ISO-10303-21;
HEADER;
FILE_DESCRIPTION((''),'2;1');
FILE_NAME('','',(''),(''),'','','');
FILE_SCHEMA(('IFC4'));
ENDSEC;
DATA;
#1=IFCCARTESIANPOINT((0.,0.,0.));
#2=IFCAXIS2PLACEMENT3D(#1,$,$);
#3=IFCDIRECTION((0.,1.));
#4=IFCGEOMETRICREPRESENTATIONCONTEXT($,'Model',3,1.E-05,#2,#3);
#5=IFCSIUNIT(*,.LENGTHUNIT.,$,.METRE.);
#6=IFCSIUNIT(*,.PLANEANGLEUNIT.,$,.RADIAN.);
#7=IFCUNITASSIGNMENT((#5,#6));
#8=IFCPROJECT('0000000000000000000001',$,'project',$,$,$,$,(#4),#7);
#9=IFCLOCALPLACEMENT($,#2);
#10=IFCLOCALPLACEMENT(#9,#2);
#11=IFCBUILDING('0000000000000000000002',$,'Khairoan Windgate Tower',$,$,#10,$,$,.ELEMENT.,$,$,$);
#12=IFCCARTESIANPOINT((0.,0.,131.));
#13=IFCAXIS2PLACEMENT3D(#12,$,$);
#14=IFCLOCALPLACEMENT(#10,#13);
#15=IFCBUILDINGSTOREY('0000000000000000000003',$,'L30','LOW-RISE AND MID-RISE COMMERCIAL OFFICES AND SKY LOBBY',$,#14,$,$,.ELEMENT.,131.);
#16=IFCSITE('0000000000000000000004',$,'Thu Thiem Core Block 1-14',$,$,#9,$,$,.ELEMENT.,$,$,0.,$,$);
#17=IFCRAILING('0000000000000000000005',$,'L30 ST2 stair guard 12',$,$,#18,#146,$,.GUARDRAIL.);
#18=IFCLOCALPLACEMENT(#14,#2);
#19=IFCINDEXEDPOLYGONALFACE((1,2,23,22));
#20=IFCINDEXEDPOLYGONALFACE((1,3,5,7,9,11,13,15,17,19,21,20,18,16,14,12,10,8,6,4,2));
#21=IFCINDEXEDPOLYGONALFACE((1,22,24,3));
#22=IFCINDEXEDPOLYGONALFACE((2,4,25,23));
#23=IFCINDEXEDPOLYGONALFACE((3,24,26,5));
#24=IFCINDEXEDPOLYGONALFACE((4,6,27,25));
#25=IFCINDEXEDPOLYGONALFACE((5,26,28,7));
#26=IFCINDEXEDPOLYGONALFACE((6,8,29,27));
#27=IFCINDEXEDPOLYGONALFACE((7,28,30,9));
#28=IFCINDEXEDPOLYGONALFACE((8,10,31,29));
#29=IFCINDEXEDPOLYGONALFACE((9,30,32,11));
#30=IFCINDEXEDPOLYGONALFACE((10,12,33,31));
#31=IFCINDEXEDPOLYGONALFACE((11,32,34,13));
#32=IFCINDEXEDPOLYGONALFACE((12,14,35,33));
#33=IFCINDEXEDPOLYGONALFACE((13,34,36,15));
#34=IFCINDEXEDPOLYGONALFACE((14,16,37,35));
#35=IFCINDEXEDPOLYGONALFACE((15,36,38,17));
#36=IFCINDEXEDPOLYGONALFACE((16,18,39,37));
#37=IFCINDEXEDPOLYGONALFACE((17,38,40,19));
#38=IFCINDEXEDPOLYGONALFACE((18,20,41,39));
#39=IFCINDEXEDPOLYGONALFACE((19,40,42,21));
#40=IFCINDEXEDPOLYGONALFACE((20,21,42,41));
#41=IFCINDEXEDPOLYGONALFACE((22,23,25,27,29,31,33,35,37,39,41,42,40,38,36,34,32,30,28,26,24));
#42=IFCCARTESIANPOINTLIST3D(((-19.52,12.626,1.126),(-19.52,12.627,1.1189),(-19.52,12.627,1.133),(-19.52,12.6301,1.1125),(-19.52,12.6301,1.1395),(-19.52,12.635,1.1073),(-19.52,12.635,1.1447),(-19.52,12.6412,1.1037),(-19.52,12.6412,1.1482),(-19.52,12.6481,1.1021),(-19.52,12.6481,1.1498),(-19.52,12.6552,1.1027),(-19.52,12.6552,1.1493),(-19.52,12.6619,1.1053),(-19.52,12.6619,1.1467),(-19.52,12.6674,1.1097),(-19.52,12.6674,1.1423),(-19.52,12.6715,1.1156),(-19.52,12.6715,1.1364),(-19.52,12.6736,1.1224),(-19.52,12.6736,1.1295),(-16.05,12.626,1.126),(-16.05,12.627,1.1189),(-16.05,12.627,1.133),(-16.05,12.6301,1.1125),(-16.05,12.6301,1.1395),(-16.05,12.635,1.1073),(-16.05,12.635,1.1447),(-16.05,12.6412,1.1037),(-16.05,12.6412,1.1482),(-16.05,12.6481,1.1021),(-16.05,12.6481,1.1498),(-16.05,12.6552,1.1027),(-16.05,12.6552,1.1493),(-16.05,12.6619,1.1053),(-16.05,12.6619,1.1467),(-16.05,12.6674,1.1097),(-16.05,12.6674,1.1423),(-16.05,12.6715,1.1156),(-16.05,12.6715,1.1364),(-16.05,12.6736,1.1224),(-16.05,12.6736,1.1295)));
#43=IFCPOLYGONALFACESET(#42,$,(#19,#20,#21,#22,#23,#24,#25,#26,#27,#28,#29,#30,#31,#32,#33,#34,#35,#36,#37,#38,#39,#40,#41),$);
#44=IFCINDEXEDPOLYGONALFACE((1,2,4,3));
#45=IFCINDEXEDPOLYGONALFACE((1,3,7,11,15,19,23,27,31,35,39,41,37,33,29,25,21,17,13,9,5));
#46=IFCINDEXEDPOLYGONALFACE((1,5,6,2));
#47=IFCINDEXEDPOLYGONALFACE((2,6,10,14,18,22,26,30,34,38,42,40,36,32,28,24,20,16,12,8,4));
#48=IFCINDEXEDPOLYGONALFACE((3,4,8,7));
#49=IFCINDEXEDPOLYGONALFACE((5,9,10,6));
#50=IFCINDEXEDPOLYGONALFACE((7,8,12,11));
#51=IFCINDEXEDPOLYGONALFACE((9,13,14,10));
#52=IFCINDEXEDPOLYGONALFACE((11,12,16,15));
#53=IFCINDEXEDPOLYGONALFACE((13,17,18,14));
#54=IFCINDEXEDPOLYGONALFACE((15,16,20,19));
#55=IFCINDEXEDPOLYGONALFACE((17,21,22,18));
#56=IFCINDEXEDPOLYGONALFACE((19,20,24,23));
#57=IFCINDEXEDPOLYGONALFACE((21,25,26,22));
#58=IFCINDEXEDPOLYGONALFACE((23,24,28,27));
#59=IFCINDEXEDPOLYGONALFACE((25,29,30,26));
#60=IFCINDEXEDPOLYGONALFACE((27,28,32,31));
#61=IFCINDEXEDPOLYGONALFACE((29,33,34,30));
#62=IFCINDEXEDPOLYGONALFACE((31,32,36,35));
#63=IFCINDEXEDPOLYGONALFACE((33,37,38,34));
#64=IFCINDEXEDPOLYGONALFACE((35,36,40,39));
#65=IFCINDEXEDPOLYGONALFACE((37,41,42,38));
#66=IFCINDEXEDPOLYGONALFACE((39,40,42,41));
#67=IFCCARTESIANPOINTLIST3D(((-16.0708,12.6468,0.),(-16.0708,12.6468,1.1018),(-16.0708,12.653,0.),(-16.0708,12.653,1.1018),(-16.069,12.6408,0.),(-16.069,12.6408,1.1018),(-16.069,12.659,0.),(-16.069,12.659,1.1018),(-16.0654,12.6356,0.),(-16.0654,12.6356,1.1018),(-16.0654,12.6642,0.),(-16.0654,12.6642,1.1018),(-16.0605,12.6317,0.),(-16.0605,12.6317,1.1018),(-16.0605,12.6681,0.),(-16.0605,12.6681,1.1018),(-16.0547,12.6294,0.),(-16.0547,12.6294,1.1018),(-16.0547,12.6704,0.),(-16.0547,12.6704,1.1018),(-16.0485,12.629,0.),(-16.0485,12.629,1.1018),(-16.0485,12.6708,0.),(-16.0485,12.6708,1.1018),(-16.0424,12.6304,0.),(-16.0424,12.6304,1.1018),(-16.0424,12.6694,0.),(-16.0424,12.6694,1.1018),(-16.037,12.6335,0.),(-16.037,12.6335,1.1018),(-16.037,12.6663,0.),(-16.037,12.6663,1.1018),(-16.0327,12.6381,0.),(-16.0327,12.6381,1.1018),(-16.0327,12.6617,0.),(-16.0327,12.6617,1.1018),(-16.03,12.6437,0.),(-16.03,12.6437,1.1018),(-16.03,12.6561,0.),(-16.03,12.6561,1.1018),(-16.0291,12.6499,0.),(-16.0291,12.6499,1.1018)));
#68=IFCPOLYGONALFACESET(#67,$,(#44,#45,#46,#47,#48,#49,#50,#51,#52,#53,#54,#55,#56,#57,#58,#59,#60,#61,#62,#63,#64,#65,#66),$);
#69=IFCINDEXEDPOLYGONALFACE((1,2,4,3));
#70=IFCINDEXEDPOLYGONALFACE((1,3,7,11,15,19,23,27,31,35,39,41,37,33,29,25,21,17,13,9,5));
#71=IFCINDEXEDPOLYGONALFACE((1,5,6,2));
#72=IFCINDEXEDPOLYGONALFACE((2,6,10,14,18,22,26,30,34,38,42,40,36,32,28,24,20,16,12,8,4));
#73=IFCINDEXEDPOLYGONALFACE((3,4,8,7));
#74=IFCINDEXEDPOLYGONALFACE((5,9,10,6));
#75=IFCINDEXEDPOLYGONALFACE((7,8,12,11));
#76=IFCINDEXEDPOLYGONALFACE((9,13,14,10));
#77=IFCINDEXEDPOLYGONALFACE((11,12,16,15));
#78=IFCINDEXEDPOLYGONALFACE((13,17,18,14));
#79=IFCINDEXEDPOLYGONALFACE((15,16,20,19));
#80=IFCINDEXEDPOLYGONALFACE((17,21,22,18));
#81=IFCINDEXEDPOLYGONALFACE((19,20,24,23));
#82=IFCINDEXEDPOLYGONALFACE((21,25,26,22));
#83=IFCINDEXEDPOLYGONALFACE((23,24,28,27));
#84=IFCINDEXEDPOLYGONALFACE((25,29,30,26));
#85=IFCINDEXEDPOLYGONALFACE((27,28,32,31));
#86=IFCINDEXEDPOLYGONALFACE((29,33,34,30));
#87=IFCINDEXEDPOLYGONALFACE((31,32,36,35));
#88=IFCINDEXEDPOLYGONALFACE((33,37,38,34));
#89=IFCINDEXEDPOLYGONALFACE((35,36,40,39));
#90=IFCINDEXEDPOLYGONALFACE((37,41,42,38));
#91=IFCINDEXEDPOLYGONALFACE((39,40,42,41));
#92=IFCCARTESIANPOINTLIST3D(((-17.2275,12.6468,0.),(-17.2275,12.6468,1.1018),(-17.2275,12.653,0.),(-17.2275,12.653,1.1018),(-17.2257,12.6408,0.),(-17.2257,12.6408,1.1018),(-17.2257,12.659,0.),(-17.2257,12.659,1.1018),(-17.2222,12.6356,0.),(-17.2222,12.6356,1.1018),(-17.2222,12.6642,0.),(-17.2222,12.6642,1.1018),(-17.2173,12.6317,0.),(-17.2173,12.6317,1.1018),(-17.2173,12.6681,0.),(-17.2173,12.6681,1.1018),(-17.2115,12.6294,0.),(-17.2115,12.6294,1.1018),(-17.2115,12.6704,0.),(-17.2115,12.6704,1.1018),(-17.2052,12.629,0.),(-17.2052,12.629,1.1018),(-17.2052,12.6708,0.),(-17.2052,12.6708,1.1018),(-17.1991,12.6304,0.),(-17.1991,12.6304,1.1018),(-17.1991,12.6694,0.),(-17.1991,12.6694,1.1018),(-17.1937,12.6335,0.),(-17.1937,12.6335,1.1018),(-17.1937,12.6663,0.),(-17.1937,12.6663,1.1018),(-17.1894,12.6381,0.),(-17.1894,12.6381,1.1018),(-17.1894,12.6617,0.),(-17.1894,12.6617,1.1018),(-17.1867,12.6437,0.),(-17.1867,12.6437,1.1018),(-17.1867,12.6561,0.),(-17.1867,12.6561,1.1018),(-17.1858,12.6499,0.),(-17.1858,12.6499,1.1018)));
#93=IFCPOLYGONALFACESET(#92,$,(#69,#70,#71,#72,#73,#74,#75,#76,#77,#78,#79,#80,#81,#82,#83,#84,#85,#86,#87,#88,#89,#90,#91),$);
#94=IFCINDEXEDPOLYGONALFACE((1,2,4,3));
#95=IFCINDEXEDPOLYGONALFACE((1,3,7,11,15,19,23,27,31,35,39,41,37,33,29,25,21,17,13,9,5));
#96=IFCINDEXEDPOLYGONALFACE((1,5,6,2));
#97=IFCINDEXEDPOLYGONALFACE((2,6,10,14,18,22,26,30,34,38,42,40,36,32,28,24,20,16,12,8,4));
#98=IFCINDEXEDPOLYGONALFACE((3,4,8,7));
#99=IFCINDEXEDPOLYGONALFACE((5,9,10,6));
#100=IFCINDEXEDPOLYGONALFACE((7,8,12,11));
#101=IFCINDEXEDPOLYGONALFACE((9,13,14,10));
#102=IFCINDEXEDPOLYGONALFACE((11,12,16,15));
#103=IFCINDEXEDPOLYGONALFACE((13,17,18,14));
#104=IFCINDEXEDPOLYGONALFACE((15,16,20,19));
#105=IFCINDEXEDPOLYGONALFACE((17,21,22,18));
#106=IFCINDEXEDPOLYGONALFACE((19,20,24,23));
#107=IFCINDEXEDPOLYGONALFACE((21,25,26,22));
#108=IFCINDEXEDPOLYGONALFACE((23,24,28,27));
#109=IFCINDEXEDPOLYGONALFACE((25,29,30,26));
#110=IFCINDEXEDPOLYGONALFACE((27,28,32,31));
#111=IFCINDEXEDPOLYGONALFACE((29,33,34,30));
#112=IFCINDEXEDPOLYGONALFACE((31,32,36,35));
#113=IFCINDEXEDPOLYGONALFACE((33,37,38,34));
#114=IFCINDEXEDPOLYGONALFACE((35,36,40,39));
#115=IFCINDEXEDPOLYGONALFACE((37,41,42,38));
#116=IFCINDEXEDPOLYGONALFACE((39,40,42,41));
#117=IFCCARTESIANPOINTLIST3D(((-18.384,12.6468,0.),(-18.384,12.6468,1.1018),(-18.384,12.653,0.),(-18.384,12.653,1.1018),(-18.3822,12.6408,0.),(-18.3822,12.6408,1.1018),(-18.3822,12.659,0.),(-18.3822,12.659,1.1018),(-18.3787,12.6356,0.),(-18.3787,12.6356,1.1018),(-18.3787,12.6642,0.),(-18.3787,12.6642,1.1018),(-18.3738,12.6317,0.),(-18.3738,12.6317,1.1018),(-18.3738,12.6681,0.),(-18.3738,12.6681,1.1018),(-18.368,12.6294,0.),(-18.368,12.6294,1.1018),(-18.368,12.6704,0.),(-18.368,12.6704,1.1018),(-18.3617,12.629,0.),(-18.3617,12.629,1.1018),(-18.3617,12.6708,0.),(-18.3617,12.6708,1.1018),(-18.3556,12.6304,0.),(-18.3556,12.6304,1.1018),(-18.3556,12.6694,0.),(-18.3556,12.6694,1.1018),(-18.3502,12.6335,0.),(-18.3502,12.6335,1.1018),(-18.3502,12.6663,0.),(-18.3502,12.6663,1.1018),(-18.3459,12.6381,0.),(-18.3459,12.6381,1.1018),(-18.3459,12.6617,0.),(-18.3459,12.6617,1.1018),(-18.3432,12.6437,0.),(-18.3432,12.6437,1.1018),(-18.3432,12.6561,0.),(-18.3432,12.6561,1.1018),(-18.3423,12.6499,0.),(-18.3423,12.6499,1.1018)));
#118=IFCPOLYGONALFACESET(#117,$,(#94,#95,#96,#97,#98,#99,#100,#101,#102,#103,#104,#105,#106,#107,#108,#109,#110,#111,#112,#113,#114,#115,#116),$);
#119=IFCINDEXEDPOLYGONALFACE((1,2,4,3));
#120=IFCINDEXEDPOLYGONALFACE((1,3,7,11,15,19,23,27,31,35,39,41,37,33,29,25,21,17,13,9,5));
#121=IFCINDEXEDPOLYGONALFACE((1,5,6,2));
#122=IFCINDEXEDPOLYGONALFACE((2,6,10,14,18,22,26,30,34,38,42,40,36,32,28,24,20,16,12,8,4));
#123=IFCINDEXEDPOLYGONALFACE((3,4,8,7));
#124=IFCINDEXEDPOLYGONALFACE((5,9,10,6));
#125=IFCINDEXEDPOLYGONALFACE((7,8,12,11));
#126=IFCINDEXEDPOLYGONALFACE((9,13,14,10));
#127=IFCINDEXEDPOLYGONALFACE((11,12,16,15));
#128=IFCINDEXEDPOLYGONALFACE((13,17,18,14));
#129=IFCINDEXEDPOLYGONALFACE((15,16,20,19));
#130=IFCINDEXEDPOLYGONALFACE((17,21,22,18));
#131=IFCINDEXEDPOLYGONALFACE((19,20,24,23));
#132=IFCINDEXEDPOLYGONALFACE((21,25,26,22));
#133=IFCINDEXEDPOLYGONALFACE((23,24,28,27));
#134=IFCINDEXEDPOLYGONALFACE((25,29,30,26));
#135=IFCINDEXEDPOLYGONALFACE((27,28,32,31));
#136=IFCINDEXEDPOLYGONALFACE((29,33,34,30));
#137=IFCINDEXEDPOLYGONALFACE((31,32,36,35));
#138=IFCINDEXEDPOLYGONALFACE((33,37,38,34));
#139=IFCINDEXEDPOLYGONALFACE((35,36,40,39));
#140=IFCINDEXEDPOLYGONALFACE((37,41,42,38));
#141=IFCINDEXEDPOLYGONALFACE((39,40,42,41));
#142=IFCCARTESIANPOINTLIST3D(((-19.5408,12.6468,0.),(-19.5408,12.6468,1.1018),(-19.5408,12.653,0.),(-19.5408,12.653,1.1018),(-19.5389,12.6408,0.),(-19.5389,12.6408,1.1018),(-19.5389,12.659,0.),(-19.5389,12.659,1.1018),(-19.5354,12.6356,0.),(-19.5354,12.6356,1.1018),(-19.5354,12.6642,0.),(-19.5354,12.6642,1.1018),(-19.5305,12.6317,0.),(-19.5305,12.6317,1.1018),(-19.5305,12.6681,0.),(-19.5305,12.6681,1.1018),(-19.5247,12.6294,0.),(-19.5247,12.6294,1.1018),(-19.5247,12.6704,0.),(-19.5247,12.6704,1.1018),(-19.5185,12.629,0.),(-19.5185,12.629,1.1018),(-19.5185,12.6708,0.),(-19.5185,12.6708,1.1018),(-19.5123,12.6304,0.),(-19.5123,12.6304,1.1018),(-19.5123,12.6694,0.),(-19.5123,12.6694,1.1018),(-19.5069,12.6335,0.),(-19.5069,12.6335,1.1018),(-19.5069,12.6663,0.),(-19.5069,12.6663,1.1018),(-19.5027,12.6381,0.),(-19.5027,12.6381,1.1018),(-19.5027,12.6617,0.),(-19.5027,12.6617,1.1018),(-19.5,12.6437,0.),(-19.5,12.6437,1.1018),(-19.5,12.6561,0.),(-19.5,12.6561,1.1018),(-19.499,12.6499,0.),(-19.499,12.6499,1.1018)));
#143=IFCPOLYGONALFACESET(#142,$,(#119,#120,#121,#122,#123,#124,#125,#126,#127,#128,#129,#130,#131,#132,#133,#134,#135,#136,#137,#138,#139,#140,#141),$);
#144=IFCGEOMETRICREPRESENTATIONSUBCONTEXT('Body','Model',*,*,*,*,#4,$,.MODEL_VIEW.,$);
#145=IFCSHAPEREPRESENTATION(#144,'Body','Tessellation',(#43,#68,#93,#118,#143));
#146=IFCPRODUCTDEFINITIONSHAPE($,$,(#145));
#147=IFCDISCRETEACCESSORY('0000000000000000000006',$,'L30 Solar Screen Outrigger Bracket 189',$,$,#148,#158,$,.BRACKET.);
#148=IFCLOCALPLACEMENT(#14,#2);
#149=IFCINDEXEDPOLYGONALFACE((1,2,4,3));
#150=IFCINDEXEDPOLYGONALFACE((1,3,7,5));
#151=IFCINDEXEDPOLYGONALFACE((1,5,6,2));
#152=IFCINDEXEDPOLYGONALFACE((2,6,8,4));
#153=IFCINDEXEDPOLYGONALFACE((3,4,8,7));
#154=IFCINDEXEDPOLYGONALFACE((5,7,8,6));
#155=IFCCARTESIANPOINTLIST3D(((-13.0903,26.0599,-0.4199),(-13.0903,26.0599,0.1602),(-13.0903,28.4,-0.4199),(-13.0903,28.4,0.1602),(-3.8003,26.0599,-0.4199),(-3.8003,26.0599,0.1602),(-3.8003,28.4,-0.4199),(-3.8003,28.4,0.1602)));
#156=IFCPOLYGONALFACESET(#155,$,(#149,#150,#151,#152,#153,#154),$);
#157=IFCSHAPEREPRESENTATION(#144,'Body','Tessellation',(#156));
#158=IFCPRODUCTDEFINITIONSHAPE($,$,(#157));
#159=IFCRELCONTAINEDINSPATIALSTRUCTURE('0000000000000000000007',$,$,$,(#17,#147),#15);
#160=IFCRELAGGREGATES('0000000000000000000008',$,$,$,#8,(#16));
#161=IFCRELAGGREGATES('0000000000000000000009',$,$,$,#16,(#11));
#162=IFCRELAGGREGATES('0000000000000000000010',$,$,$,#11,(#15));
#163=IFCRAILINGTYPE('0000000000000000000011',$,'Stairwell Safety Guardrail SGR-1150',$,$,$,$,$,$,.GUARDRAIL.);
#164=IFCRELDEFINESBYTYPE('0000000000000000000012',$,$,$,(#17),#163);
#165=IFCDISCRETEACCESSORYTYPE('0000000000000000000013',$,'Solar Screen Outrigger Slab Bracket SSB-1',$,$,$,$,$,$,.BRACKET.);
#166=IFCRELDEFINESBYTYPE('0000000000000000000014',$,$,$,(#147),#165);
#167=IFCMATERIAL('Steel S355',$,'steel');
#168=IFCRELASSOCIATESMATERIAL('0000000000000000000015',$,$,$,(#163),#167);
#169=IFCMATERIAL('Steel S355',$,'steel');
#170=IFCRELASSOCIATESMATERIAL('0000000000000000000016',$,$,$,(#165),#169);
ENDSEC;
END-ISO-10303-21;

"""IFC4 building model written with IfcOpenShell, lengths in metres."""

from ifc_helpers import new_model, si_unit, direction, frame, origin, origin_2d, place, context, subcontext, project, spatial, rectangle, circle, extrude, material, type_object, element, save


model = new_model("IFC4")

# Units and contexts
model_context = context("Model", 3, precision=1e-05, world=origin(), true_north=direction((0.0, 1.0)))
body_context = subcontext(model_context, "Body", "Model", "MODEL_VIEW")
ifc_project = project(units=[si_unit("LENGTHUNIT", "METRE"), si_unit("PLANEANGLEUNIT", "RADIAN")], contexts=[model_context])

# Site, building, storey
site_placement = place(None, origin())
site = spatial("IfcSite", under=ifc_project, at=site_placement, Name="Thu Thiem Core Block 1-14", CompositionType="ELEMENT", RefElevation=0.0)
building_placement = place(site_placement, origin())
building = spatial("IfcBuilding", under=site, at=building_placement, Name="Khairoan Windgate Tower", CompositionType="ELEMENT")
storey_placement = place(building_placement, frame((0.0, 0.0, 131.0)))
storey = spatial("IfcBuildingStorey", under=building, at=storey_placement, Name="L30", Description="LOW-RISE AND MID-RISE COMMERCIAL OFFICES AND SKY LOBBY", CompositionType="ELEMENT", Elevation=131.0)

# Railing
ifc_material_1 = material(Name="Steel S355", Category="steel")
railing_type = type_object("IfcRailingType", Name="Stairwell Safety Guardrail SGR-1150", PredefinedType="GUARDRAIL", material=ifc_material_1)
railing_placement = place(storey_placement, frame((-16.05, 12.6499, 0.0)))
element("IfcRailing", 1, at=railing_placement, inside=storey, type_object=railing_type, Name="L30 ST2 stair guard 12", PredefinedType="GUARDRAIL", context=body_context, shape_type="SweptSolid", body=[
    extrude(circle(Radius=0.0239, at=origin_2d()), frame((0.0, 0.0, 1.126), z_axis=(-1.0, 0.0, 0.0), x_axis=(0.0, -1.0, 0.0)), (0.0, 0.0, 1.0), 3.47),
    extrude(circle(Radius=0.021, at=origin_2d()), origin(), (0.0, 0.0, 1.0), 1.1018),
    extrude(circle(Radius=0.021, at=origin_2d()), frame((-1.1567, 0.0, 0.0)), (0.0, 0.0, 1.0), 1.1018),
    extrude(circle(Radius=0.021, at=origin_2d()), frame((-2.3132, 0.0, 0.0)), (0.0, 0.0, 1.0), 1.1018),
    extrude(circle(Radius=0.021, at=origin_2d()), frame((-3.47, 0.0, 0.0)), (0.0, 0.0, 1.0), 1.1018),
])

# Discrete accessory
ifc_material_2 = material(Name="Steel S355", Category="steel")
discrete_accessory_type = type_object("IfcDiscreteAccessoryType", Name="Solar Screen Outrigger Slab Bracket SSB-1", PredefinedType="BRACKET", material=ifc_material_2)
discrete_accessory_placement = place(storey_placement, frame((-8.4453, 27.23, -0.4199), z_axis=(0.0, 0.0, 1.0), x_axis=(1.0, 0.0, 0.0)))
element("IfcDiscreteAccessory", 2, at=discrete_accessory_placement, inside=storey, type_object=discrete_accessory_type, Name="L30 Solar Screen Outrigger Bracket 189", PredefinedType="BRACKET", context=body_context, shape_type="SweptSolid", body=[
    extrude(rectangle(XDim=9.29, YDim=2.3401, at=origin_2d()), origin(), (0.0, 0.0, 1.0), 0.5801),
])

save(model, "model.ifc")
